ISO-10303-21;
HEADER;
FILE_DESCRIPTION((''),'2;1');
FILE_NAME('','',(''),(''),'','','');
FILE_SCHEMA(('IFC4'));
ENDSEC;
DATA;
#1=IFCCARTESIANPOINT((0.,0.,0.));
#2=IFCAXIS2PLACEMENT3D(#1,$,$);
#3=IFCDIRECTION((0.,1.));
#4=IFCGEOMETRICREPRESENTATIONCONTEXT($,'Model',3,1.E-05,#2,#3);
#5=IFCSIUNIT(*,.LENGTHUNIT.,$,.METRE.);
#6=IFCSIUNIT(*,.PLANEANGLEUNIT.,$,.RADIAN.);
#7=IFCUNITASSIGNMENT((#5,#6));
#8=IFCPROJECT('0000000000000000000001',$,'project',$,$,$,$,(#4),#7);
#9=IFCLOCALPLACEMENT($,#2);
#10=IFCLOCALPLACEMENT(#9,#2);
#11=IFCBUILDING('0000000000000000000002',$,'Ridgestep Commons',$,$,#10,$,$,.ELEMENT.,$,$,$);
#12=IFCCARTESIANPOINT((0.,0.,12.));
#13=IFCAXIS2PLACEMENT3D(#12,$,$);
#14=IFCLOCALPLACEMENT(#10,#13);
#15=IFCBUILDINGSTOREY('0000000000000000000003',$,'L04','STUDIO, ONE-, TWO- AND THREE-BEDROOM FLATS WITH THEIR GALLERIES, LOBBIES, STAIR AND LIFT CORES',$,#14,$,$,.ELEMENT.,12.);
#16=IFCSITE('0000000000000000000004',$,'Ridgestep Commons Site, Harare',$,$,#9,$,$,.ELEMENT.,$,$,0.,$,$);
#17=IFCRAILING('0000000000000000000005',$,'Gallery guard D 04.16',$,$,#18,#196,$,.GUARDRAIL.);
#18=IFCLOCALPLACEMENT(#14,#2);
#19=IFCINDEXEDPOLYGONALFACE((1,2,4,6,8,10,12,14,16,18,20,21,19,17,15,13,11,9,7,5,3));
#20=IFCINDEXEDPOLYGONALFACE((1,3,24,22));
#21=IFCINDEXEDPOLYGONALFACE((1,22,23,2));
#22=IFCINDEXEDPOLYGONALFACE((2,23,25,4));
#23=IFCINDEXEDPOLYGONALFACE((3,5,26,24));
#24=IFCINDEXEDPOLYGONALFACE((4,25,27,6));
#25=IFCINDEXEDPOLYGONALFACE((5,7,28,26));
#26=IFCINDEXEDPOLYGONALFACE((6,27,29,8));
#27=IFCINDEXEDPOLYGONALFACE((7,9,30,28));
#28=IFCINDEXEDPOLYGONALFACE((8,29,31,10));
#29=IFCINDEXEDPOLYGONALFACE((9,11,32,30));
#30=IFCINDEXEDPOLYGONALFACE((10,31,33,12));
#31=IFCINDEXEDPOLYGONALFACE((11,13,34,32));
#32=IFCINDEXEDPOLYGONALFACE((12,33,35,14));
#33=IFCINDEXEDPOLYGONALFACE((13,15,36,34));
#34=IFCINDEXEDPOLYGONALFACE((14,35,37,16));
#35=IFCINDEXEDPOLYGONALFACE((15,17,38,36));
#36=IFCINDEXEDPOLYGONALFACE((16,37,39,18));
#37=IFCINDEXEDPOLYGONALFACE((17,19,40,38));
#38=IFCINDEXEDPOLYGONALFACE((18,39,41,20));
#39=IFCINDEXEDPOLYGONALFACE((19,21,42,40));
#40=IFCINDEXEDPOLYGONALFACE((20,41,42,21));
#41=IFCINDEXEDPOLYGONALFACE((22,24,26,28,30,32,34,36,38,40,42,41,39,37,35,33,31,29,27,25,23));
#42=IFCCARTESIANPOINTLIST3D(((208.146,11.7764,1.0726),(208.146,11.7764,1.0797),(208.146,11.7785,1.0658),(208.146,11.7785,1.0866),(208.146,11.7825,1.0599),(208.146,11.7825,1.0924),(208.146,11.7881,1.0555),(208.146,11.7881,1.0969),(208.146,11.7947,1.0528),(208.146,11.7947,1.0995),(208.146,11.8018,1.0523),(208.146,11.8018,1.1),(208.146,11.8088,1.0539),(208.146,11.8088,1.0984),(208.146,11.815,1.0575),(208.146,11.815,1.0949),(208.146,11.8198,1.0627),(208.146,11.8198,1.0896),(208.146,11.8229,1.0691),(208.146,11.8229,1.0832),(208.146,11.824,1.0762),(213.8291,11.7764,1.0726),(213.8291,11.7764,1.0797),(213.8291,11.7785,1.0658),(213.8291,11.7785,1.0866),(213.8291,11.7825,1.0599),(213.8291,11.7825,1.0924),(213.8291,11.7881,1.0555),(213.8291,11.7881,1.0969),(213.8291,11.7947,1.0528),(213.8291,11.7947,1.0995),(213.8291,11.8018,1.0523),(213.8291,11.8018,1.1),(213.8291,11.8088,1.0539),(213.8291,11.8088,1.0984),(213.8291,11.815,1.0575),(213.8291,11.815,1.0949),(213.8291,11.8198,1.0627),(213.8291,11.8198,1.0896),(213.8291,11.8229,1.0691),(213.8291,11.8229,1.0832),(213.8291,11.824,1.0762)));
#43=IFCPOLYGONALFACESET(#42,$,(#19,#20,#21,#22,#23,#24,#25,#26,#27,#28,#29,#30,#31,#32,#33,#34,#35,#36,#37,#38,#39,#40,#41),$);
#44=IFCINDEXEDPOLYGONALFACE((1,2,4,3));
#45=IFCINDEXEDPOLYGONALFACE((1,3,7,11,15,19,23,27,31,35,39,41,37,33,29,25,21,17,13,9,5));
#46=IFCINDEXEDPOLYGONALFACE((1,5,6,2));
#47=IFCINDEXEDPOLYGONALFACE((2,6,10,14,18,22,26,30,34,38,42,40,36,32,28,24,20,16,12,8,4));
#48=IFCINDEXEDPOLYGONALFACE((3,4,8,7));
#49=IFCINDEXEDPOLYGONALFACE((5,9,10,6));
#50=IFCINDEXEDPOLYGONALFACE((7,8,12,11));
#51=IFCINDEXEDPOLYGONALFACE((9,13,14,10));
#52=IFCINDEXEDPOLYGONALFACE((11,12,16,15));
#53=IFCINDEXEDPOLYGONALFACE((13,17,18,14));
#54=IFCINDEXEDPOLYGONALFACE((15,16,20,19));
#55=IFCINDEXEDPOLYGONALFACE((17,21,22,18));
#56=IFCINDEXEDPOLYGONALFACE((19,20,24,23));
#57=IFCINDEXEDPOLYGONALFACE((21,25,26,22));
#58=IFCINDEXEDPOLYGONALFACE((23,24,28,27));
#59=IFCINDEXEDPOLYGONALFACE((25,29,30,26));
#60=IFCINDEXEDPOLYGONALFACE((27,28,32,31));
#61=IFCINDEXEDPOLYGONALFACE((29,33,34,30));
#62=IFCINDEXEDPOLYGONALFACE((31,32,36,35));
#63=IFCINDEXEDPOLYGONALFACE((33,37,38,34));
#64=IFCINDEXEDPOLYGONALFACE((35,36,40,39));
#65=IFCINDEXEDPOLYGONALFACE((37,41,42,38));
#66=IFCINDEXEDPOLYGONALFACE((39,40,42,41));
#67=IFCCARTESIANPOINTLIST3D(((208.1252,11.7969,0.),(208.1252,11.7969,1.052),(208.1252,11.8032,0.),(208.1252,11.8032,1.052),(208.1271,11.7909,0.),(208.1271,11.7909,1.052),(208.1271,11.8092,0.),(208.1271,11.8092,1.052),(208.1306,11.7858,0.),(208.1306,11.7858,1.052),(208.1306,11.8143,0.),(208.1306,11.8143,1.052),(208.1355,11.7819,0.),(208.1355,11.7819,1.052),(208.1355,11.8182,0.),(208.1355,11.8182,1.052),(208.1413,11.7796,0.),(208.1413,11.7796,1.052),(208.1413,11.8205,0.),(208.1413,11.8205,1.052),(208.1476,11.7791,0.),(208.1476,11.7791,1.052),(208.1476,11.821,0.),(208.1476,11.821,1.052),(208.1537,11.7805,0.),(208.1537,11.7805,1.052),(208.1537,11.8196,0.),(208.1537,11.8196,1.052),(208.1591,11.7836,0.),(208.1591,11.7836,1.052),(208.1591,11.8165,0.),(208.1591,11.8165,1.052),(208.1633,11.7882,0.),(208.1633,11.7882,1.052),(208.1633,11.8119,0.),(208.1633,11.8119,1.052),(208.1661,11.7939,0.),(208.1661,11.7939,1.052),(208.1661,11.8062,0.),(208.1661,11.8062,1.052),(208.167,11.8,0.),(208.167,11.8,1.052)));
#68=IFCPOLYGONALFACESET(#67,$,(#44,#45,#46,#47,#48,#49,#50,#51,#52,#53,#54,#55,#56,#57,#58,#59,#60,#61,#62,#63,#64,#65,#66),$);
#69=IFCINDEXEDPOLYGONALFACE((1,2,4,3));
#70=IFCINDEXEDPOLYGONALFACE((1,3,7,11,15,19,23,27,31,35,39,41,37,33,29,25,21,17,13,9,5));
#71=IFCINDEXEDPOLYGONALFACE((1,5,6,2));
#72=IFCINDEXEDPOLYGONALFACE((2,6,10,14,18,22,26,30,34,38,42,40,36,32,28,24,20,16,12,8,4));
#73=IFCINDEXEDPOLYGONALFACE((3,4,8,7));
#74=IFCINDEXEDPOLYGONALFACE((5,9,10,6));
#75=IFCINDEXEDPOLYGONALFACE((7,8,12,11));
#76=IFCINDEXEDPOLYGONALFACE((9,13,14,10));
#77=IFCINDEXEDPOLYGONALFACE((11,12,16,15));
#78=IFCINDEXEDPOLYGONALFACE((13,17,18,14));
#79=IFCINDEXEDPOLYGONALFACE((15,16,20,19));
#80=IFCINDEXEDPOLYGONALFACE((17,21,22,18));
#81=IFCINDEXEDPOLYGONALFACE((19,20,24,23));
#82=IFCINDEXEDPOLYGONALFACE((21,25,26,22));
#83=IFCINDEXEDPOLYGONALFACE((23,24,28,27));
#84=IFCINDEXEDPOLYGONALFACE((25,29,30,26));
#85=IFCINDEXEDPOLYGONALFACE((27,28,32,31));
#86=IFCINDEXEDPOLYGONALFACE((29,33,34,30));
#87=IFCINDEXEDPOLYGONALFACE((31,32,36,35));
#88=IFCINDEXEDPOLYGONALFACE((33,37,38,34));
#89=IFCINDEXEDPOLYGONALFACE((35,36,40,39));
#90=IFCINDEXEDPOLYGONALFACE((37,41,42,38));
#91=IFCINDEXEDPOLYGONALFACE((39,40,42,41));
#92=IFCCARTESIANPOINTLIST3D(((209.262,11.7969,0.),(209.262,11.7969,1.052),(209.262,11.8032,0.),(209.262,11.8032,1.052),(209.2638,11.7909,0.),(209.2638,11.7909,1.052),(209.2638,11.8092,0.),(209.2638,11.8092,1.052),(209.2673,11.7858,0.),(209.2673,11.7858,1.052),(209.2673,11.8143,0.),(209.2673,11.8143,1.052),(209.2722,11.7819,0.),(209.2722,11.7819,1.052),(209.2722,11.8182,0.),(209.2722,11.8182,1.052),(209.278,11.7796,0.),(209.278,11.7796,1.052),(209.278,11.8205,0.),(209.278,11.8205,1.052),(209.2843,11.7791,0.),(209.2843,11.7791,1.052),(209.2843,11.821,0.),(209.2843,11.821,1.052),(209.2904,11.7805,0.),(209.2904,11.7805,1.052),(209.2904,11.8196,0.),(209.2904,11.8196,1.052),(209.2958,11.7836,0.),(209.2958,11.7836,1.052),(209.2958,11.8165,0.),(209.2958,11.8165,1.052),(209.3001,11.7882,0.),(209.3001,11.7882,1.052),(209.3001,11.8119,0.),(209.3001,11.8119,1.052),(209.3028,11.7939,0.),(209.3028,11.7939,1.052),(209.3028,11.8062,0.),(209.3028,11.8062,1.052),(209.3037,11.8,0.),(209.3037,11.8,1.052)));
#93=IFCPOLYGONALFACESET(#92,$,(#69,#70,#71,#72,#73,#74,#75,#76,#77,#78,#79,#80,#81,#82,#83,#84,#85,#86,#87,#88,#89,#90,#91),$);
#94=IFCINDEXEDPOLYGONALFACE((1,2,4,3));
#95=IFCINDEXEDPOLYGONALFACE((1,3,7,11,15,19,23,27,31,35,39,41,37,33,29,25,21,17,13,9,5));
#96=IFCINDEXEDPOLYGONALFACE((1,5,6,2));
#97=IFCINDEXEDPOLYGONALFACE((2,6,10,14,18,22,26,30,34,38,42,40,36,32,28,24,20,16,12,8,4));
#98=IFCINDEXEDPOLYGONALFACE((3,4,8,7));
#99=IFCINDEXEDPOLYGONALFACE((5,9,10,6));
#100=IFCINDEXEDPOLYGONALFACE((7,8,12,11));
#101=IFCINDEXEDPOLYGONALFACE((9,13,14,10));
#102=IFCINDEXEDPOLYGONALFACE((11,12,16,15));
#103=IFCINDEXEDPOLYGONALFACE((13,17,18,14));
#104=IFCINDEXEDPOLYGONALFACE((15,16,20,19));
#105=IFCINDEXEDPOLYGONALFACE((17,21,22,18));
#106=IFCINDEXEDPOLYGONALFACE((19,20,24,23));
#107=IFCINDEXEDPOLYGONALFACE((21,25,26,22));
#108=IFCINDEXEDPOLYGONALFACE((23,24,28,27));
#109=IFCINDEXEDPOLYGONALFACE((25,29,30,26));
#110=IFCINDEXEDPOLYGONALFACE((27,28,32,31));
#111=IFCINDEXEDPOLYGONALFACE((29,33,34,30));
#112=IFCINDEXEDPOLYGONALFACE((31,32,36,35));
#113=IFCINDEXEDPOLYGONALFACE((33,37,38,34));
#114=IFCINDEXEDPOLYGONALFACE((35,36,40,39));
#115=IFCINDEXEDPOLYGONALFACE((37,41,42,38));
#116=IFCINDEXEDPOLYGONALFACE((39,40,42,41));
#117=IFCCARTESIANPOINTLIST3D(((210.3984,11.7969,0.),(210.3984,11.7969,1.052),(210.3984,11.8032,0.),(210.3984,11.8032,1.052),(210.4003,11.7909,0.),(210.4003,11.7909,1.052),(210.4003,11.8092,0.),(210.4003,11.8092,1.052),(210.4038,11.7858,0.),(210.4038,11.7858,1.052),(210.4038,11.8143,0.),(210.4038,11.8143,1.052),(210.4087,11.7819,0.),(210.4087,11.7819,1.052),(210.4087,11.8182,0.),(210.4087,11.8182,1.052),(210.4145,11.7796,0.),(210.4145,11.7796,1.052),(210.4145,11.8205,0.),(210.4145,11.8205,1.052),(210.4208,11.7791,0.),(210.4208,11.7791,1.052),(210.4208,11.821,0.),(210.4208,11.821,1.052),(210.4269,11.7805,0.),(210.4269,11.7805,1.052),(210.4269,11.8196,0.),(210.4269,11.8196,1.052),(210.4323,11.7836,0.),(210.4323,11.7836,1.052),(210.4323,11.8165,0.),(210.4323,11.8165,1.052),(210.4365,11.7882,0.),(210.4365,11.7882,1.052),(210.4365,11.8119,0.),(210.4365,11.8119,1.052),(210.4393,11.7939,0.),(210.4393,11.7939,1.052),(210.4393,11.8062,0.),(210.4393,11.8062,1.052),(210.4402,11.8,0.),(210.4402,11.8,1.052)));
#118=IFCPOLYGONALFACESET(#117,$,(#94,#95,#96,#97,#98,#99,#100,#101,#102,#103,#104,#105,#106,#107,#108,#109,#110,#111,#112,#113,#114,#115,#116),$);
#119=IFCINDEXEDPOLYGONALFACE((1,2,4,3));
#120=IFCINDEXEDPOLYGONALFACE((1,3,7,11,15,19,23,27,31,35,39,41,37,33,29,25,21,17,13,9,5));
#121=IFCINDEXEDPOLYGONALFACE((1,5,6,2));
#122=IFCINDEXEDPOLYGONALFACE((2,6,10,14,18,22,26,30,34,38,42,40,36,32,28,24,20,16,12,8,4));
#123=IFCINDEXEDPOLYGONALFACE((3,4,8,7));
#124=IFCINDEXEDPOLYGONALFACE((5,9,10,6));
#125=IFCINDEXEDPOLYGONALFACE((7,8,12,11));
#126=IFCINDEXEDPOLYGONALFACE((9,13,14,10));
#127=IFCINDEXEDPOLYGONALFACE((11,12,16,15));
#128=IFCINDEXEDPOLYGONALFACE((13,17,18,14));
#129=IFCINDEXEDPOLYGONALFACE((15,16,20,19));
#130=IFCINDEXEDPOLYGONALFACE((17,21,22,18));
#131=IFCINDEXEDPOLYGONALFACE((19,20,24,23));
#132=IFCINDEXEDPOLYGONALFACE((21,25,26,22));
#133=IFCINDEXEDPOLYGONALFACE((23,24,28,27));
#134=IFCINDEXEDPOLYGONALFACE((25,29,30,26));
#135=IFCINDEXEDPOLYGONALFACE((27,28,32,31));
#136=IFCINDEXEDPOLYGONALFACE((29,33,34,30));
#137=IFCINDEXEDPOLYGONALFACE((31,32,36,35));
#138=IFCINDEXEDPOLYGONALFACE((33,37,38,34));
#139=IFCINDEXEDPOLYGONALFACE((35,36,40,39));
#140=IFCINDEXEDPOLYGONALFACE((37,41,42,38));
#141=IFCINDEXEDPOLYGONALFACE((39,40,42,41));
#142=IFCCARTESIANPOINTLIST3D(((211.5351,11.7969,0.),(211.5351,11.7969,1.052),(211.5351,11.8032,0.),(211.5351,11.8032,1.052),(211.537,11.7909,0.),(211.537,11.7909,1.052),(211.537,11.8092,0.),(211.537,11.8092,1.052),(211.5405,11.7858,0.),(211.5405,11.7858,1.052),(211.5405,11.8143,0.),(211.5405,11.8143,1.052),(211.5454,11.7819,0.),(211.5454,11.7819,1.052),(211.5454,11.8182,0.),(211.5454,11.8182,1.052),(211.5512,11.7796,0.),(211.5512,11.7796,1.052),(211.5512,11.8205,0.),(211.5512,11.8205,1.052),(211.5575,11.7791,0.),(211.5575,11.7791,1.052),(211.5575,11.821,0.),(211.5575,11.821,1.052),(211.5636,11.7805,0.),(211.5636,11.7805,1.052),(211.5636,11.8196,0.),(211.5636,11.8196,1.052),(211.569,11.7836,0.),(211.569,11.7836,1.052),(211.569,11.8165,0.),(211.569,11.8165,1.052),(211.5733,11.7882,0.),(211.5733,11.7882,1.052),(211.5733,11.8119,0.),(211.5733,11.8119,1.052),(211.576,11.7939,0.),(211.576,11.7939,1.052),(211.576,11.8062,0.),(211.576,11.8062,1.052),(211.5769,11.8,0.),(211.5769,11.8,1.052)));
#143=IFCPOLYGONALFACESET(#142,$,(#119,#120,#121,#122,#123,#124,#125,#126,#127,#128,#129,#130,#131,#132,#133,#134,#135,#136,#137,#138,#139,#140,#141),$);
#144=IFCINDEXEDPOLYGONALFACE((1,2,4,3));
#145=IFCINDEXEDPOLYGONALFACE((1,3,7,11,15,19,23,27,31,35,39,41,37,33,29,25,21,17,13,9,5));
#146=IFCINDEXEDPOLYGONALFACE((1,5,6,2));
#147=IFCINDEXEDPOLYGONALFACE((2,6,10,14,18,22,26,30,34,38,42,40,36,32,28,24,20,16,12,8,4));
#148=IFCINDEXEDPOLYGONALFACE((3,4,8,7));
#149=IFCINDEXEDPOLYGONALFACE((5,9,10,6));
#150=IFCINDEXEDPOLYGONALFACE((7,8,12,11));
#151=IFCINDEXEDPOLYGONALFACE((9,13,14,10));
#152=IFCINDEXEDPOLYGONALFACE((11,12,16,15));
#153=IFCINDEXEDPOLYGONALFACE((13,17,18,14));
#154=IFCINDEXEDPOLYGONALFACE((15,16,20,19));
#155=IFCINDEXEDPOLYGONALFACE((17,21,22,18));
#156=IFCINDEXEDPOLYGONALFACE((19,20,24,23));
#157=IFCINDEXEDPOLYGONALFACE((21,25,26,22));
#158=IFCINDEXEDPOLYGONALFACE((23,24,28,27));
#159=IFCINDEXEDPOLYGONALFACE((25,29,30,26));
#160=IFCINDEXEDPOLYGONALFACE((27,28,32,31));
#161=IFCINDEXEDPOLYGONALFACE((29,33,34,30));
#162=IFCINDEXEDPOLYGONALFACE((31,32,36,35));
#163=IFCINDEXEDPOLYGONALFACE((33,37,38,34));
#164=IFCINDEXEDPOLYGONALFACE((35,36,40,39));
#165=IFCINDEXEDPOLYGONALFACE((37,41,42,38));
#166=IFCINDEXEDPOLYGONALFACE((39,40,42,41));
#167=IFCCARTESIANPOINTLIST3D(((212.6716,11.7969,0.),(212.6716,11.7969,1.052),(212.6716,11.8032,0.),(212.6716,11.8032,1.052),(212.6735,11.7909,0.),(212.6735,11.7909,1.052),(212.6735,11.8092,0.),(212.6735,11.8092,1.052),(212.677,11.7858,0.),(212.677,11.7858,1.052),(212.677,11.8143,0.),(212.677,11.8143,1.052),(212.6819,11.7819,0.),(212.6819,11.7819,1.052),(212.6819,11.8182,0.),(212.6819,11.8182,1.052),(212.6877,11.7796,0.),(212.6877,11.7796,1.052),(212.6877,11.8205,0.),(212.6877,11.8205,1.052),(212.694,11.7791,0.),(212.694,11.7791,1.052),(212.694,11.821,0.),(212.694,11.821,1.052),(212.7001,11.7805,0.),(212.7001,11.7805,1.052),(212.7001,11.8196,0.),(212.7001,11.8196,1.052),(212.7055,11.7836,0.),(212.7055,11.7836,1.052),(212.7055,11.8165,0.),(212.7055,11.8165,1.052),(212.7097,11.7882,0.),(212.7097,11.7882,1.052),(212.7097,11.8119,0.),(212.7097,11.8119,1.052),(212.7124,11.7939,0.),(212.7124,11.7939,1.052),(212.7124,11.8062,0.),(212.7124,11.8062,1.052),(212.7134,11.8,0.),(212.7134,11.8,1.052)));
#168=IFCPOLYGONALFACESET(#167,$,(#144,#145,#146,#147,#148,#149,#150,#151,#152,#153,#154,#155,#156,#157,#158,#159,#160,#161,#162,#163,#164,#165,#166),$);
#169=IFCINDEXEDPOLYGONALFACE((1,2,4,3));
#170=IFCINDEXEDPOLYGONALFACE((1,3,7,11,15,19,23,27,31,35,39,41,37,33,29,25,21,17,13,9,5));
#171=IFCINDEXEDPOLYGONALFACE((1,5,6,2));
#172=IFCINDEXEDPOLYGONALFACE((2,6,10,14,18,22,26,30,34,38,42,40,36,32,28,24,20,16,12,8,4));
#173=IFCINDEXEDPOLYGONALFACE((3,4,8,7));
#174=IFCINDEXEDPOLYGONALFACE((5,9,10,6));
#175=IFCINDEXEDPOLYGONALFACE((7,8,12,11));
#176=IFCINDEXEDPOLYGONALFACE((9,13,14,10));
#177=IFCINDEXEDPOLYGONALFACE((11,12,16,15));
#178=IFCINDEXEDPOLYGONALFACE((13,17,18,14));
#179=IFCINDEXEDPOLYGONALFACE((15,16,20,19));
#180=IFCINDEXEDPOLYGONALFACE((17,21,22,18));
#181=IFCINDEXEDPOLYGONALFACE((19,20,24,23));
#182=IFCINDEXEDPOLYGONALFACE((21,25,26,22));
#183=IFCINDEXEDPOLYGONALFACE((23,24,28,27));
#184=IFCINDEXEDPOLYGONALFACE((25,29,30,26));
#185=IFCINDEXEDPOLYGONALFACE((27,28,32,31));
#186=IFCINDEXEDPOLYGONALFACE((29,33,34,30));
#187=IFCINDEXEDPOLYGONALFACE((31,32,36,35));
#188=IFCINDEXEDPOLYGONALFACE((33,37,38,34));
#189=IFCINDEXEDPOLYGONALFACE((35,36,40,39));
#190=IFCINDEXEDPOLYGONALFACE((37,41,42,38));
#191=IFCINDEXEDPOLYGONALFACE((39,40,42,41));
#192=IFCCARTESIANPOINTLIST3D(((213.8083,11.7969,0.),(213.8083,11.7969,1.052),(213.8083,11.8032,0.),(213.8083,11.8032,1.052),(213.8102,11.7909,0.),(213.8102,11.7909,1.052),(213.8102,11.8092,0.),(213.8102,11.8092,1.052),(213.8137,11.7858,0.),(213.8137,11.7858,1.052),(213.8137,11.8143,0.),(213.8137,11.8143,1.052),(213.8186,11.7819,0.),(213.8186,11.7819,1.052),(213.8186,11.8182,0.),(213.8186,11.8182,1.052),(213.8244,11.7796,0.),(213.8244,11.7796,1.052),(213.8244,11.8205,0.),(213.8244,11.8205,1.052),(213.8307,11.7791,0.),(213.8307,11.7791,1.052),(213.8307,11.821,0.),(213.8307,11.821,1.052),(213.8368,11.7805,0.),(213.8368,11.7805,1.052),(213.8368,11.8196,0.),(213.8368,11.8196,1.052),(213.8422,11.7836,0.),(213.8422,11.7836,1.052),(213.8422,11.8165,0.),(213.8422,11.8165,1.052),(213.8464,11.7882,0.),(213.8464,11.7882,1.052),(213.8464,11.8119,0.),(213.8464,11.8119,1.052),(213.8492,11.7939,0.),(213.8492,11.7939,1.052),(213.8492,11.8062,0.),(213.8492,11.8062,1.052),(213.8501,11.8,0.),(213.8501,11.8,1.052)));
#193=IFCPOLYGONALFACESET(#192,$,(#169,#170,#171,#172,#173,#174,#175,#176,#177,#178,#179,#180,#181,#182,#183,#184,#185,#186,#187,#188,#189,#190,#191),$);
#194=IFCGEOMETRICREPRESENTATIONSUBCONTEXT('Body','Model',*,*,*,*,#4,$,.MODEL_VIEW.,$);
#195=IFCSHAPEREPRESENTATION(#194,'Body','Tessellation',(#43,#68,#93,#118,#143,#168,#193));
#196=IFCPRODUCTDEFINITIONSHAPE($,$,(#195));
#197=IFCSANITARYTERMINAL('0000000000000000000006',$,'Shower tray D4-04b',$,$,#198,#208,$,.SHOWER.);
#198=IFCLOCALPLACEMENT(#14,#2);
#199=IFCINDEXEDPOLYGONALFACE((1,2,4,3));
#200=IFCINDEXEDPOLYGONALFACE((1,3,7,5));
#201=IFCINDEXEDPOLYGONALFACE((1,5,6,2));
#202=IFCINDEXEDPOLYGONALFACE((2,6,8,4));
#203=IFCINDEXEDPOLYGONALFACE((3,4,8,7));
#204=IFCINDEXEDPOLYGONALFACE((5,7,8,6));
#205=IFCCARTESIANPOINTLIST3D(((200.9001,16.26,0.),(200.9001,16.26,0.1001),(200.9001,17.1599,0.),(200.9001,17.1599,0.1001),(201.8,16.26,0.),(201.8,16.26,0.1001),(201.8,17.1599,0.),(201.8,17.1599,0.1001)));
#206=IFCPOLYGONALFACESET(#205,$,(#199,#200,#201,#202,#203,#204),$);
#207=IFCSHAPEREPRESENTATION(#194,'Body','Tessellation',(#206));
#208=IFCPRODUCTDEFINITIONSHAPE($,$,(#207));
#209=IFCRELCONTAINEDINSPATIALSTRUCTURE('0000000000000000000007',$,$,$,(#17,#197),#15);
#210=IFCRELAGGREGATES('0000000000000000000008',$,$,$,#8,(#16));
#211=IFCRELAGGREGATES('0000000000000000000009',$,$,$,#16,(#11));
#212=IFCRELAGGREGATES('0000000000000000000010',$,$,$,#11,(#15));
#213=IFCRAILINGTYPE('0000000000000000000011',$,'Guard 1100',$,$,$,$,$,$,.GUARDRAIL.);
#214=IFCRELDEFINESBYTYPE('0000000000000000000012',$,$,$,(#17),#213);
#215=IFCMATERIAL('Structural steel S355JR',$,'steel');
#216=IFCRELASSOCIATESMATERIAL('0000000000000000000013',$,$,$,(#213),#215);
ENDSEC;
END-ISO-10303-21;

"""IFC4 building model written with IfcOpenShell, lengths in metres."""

from ifc_helpers import new_model, si_unit, direction, frame, origin, origin_2d, place, context, subcontext, project, spatial, rectangle, circle, extrude, material, type_object, element, save


model = new_model("IFC4")

# Units and contexts
model_context = context("Model", 3, precision=1e-05, world=origin(), true_north=direction((0.0, 1.0)))
body_context = subcontext(model_context, "Body", "Model", "MODEL_VIEW")
ifc_project = project(units=[si_unit("LENGTHUNIT", "METRE"), si_unit("PLANEANGLEUNIT", "RADIAN")], contexts=[model_context])

# Site, building, storey
site_placement = place(None, origin())
site = spatial("IfcSite", under=ifc_project, at=site_placement, Name="Ridgestep Commons Site, Harare", CompositionType="ELEMENT", RefElevation=0.0)
building_placement = place(site_placement, origin())
building = spatial("IfcBuilding", under=site, at=building_placement, Name="Ridgestep Commons", CompositionType="ELEMENT")
storey_placement = place(building_placement, frame((0.0, 0.0, 12.0)))
storey = spatial("IfcBuildingStorey", under=building, at=storey_placement, Name="L04", Description="STUDIO, ONE-, TWO- AND THREE-BEDROOM FLATS WITH THEIR GALLERIES, LOBBIES, STAIR AND LIFT CORES", CompositionType="ELEMENT", Elevation=12.0)

# Railing
ifc_material_1 = material(Name="Structural steel S355JR", Category="steel")
railing_type = type_object("IfcRailingType", Name="Guard 1100", PredefinedType="GUARDRAIL", material=ifc_material_1)
railing_1_placement = place(storey_placement, frame((208.146, 11.8, 0.0)))
element("IfcRailing", 1, at=railing_1_placement, inside=storey, type_object=railing_type, Name="Gallery guard D 04.16", PredefinedType="GUARDRAIL", context=body_context, shape_type="SweptSolid", body=[
    extrude(circle(Radius=0.0239, at=origin_2d()), frame((0.0, 0.0, 1.0762), z_axis=(1.0, 0.0, 0.0), x_axis=(0.0, 1.0, 0.0)), (0.0, 0.0, 1.0), 5.6831),
    extrude(circle(Radius=0.021, at=origin_2d()), origin(), (0.0, 0.0, 1.0), 1.052),
    extrude(circle(Radius=0.021, at=origin_2d()), frame((1.1367, 0.0, 0.0)), (0.0, 0.0, 1.0), 1.052),
    extrude(circle(Radius=0.021, at=origin_2d()), frame((2.2732, 0.0, 0.0)), (0.0, 0.0, 1.0), 1.052),
    extrude(circle(Radius=0.021, at=origin_2d()), frame((3.4099, 0.0, 0.0)), (0.0, 0.0, 1.0), 1.052),
    extrude(circle(Radius=0.021, at=origin_2d()), frame((4.5464, 0.0, 0.0)), (0.0, 0.0, 1.0), 1.052),
    extrude(circle(Radius=0.021, at=origin_2d()), frame((5.6831, 0.0, 0.0)), (0.0, 0.0, 1.0), 1.052),
])

# Sanitary terminal
sanitary_terminal_1_placement = place(storey_placement, frame((201.3501, 16.71, 0.0), z_axis=(0.0, 0.0, 1.0), x_axis=(1.0, 0.0, 0.0)))
element("IfcSanitaryTerminal", 2, at=sanitary_terminal_1_placement, inside=storey, Name="Shower tray D4-04b", PredefinedType="SHOWER", context=body_context, shape_type="SweptSolid", body=[
    extrude(rectangle(XDim=0.8999, YDim=0.8999, at=origin_2d()), origin(), (0.0, 0.0, 1.0), 0.1001),
])

save(model, "model.ifc")
